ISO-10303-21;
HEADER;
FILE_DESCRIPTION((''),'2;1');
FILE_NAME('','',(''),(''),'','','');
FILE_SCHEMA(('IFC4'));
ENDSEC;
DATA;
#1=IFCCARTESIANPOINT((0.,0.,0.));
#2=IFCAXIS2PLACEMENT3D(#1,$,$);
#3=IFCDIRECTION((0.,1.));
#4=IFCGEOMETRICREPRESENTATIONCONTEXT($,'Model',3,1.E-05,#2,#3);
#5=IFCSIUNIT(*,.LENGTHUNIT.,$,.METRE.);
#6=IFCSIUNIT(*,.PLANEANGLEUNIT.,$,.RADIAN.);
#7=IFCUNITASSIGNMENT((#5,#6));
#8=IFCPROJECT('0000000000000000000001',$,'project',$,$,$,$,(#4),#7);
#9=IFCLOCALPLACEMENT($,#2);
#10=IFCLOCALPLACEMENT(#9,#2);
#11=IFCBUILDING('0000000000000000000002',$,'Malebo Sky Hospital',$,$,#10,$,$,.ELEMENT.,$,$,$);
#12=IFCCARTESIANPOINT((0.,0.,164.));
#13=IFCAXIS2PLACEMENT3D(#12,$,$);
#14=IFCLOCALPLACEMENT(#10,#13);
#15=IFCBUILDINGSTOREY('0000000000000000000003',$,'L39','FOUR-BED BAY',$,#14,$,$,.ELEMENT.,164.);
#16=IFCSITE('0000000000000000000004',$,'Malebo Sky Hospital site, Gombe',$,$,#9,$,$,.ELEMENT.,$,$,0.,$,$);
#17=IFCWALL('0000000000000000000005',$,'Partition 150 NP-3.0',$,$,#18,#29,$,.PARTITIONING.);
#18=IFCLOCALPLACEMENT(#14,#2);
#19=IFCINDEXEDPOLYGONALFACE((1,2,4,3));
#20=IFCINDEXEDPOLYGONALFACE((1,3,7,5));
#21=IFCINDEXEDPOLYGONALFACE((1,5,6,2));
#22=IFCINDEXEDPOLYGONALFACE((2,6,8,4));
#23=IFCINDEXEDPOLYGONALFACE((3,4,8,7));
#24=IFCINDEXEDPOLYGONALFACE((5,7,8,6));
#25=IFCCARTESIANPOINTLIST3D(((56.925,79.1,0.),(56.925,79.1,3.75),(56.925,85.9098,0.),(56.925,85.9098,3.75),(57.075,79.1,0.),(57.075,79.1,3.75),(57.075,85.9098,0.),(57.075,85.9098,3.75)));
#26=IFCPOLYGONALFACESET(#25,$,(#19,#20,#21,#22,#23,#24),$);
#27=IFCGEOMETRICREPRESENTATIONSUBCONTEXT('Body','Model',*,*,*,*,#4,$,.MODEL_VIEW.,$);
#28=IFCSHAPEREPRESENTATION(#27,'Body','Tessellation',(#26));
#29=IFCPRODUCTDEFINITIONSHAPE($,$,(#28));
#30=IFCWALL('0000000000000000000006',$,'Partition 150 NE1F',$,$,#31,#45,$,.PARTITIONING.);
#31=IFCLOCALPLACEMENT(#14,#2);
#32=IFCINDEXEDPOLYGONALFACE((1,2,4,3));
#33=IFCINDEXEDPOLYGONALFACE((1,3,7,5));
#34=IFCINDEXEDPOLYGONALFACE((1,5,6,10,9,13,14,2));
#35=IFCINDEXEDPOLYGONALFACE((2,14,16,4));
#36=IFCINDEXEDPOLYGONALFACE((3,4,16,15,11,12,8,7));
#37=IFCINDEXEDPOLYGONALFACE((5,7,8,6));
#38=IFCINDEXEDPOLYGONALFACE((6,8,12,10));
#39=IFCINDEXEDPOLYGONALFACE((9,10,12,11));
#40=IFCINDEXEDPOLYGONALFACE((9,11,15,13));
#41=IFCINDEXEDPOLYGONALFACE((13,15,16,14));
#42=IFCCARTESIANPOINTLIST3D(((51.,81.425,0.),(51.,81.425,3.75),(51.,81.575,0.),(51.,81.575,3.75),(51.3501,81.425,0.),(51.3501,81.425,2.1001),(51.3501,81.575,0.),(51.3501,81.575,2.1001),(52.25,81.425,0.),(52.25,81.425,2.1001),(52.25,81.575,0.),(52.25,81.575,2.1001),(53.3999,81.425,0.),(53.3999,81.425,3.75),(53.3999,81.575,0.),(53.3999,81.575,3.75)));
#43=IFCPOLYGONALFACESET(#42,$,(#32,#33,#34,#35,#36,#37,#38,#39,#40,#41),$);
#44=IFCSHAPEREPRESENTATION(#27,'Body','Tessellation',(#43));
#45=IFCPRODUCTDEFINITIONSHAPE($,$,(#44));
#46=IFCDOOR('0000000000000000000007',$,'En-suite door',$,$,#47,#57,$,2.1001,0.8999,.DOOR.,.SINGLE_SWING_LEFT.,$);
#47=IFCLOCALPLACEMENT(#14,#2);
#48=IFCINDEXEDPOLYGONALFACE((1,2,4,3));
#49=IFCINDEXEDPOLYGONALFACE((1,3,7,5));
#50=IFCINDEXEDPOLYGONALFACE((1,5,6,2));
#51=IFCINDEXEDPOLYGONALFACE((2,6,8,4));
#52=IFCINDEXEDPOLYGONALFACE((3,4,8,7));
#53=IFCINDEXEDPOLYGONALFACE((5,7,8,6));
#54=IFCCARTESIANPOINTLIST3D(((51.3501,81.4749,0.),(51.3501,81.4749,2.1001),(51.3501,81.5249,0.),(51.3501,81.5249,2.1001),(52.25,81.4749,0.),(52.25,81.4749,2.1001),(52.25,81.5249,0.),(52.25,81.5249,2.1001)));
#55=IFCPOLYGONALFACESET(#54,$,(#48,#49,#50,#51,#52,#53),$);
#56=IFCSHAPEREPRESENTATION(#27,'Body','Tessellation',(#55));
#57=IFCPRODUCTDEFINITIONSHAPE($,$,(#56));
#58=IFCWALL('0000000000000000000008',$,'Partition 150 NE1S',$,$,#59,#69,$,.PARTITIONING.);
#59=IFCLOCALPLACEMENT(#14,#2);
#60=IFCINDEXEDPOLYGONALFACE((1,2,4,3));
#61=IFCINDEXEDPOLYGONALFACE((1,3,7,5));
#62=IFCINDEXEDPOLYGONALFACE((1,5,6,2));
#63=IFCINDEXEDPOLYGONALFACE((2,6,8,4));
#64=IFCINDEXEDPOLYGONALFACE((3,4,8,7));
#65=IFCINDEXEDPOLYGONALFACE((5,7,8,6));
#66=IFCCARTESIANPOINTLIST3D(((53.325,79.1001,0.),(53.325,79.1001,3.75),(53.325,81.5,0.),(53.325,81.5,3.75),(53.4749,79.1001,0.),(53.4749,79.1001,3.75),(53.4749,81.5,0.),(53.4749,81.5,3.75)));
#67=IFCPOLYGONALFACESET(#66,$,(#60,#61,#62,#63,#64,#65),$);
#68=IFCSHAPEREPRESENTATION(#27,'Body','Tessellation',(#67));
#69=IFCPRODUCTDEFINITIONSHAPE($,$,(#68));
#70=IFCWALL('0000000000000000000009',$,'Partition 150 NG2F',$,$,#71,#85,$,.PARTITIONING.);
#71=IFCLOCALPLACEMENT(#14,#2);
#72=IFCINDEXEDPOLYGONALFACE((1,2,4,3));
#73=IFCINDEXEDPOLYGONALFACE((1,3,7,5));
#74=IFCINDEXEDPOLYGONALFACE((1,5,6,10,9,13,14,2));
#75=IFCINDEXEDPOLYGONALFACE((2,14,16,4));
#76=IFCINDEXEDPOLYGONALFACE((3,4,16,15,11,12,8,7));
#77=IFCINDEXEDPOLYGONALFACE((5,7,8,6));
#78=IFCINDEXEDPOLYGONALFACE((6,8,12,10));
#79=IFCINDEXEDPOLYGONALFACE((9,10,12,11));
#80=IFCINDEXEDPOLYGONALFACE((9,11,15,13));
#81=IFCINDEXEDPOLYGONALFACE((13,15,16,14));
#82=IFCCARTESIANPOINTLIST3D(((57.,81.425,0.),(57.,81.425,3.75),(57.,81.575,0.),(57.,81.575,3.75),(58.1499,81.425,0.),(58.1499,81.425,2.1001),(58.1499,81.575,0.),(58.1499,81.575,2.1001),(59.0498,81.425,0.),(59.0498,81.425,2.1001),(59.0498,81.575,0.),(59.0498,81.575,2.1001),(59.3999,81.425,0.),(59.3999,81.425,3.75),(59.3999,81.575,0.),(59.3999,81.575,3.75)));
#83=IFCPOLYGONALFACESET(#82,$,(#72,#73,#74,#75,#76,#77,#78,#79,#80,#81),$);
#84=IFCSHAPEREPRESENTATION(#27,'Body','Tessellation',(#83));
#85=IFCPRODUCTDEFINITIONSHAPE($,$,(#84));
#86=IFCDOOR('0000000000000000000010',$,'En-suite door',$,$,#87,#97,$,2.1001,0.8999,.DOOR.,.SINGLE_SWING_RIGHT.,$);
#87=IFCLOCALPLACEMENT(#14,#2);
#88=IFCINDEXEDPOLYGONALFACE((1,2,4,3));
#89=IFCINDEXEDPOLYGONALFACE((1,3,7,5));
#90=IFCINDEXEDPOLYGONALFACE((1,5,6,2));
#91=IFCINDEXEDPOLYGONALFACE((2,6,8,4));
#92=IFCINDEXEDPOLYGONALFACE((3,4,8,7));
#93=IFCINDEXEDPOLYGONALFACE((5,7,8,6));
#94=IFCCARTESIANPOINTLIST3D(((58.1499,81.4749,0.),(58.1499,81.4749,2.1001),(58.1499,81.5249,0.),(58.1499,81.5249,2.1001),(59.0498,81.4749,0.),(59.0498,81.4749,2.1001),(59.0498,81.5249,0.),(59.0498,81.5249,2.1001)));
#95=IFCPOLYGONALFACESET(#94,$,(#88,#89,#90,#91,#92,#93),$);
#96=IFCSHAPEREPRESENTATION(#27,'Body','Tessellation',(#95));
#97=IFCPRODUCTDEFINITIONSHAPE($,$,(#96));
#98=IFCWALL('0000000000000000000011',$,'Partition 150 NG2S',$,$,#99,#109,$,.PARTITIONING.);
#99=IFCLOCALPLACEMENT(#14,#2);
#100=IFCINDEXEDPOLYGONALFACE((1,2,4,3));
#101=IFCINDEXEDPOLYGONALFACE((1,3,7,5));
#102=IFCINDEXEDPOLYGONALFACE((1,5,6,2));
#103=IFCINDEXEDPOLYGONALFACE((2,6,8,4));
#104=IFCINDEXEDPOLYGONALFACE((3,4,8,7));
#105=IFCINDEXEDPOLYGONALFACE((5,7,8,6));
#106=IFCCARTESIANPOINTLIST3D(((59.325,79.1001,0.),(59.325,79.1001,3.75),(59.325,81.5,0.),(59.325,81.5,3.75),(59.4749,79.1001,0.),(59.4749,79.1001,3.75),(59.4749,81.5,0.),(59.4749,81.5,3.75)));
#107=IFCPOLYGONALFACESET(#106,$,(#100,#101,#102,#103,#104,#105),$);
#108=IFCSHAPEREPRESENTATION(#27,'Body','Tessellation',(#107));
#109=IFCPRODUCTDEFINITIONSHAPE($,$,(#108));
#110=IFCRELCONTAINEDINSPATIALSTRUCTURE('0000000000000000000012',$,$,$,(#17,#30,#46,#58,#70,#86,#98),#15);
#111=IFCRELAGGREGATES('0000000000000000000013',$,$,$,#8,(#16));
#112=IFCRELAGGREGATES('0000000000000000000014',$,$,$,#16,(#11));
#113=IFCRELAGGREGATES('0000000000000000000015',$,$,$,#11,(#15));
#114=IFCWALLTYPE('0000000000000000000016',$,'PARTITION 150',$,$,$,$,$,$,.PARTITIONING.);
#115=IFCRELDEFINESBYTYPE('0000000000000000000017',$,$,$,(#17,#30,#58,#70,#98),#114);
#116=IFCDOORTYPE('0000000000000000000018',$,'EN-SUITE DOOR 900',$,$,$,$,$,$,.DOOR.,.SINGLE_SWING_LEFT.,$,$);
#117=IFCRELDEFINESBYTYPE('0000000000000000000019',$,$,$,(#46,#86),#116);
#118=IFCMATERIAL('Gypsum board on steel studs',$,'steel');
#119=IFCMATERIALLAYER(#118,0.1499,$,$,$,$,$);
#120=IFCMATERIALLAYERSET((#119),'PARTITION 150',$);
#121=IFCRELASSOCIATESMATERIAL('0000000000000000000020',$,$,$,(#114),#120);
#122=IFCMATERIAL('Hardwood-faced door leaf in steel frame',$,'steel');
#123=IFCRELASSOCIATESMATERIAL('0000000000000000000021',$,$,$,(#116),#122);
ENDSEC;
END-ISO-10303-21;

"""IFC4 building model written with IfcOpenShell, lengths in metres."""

from ifc_helpers import new_model, si_unit, direction, frame, frame_2d, origin, place, context, subcontext, project, spatial, rectangle, extrude, material, layer, layer_set, type_object, element, fill, save


model = new_model("IFC4")

# Units and contexts
model_context = context("Model", 3, precision=1e-05, world=origin(), true_north=direction((0.0, 1.0)))
body_context = subcontext(model_context, "Body", "Model", "MODEL_VIEW")
ifc_project = project(units=[si_unit("LENGTHUNIT", "METRE"), si_unit("PLANEANGLEUNIT", "RADIAN")], contexts=[model_context])

# Site, building, storey
site_placement = place(None, origin())
site = spatial("IfcSite", under=ifc_project, at=site_placement, Name="Malebo Sky Hospital site, Gombe", CompositionType="ELEMENT", RefElevation=0.0)
building_placement = place(site_placement, origin())
building = spatial("IfcBuilding", under=site, at=building_placement, Name="Malebo Sky Hospital", CompositionType="ELEMENT")
storey_placement = place(building_placement, frame((0.0, 0.0, 164.0)))
storey = spatial("IfcBuildingStorey", under=building, at=storey_placement, Name="L39", Description="FOUR-BED BAY", CompositionType="ELEMENT", Elevation=164.0)

# Wall
ifc_material_1 = material(Name="Gypsum board on steel studs", Category="steel")
ifc_layer_1 = layer(ifc_material_1, 0.1499)
ifc_layer_set_1 = layer_set([ifc_layer_1], Name="PARTITION 150")
wall_type = type_object("IfcWallType", Name="PARTITION 150", PredefinedType="PARTITIONING", material=ifc_layer_set_1)
wall_1_placement = place(storey_placement, frame((57.0, 79.1001, 0.0), z_axis=(0.0, 0.0, 1.0), x_axis=(0.0, 1.0, 0.0)))
element("IfcWall", 1, at=wall_1_placement, inside=storey, type_object=wall_type, Name="Partition 150 NP-3.0", PredefinedType="PARTITIONING", context=body_context, shape_type="SweptSolid", body=[
    extrude(rectangle(XDim=6.8098, YDim=0.1499, at=frame_2d((3.4048, 0.0))), origin(), (0.0, 0.0, 1.0), 3.75),
])

# Wall, opening, door
wall_2_placement = place(storey_placement, frame((51.0, 81.5, 0.0), z_axis=(0.0, 0.0, 1.0), x_axis=(1.0, 0.0, 0.0)))
wall_2 = element("IfcWall", 2, at=wall_2_placement, inside=storey, type_object=wall_type, Name="Partition 150 NE1F", PredefinedType="PARTITIONING", context=body_context, shape_type="SweptSolid", body=[
    extrude(rectangle(XDim=2.3999, YDim=0.1499, at=frame_2d((1.2, 0.0))), origin(), (0.0, 0.0, 1.0), 3.75),
])
opening_1_placement = place(wall_2_placement, frame((0.3501, 0.0, 0.0)))
opening_1 = element("IfcOpeningElement", 3, at=opening_1_placement, cuts=wall_2, PredefinedType="OPENING", context=body_context, shape_type="SweptSolid", body=[
    extrude(rectangle(XDim=0.8999, YDim=2.1001, at=frame_2d((0.45, 1.05))), frame((0.0, 0.085, 0.0), z_axis=(0.0, -1.0, 0.0), x_axis=(1.0, 0.0, 0.0)), (0.0, 0.0, 1.0), 0.1699),
])
ifc_material_2 = material(Name="Hardwood-faced door leaf in steel frame", Category="steel")
door_type = type_object("IfcDoorType", Name="EN-SUITE DOOR 900", OperationType="SINGLE_SWING_LEFT", PredefinedType="DOOR", material=ifc_material_2)
door_1_placement = place(opening_1_placement, origin())
door_1 = element("IfcDoor", 4, at=door_1_placement, inside=storey, type_object=door_type, Name="En-suite door", OperationType="SINGLE_SWING_LEFT", OverallHeight=2.1001, OverallWidth=0.8999, PredefinedType="DOOR", context=body_context, shape_type="SweptSolid", body=[
    extrude(rectangle(XDim=0.8999, YDim=2.1001, at=frame_2d((0.45, 1.05))), frame((0.0, 0.0249, 0.0), z_axis=(0.0, -1.0, 0.0), x_axis=(1.0, 0.0, 0.0)), (0.0, 0.0, 1.0), 0.05),
])
fill(opening_1, door_1)

# Wall
wall_3_placement = place(storey_placement, frame((53.3999, 79.1001, 0.0), z_axis=(0.0, 0.0, 1.0), x_axis=(0.0, 1.0, 0.0)))
element("IfcWall", 5, at=wall_3_placement, inside=storey, type_object=wall_type, Name="Partition 150 NE1S", PredefinedType="PARTITIONING", context=body_context, shape_type="SweptSolid", body=[
    extrude(rectangle(XDim=2.3999, YDim=0.1499, at=frame_2d((1.2, 0.0))), origin(), (0.0, 0.0, 1.0), 3.75),
])

# Wall, opening, door
wall_4_placement = place(storey_placement, frame((57.0, 81.5, 0.0), z_axis=(0.0, 0.0, 1.0), x_axis=(1.0, 0.0, 0.0)))
wall_4 = element("IfcWall", 6, at=wall_4_placement, inside=storey, type_object=wall_type, Name="Partition 150 NG2F", PredefinedType="PARTITIONING", context=body_context, shape_type="SweptSolid", body=[
    extrude(rectangle(XDim=2.3999, YDim=0.1499, at=frame_2d((1.2, 0.0))), origin(), (0.0, 0.0, 1.0), 3.75),
])
opening_2_placement = place(wall_4_placement, frame((1.1499, 0.0, 0.0)))
opening_2 = element("IfcOpeningElement", 7, at=opening_2_placement, cuts=wall_4, PredefinedType="OPENING", context=body_context, shape_type="SweptSolid", body=[
    extrude(rectangle(XDim=0.8999, YDim=2.1001, at=frame_2d((0.45, 1.05))), frame((0.0, 0.085, 0.0), z_axis=(0.0, -1.0, 0.0), x_axis=(1.0, 0.0, 0.0)), (0.0, 0.0, 1.0), 0.1699),
])
door_2_placement = place(opening_2_placement, origin())
door_2 = element("IfcDoor", 8, at=door_2_placement, inside=storey, type_object=door_type, Name="En-suite door", OperationType="SINGLE_SWING_RIGHT", OverallHeight=2.1001, OverallWidth=0.8999, PredefinedType="DOOR", context=body_context, shape_type="SweptSolid", body=[
    extrude(rectangle(XDim=0.8999, YDim=2.1001, at=frame_2d((0.45, 1.05))), frame((0.0, 0.0249, 0.0), z_axis=(0.0, -1.0, 0.0), x_axis=(1.0, 0.0, 0.0)), (0.0, 0.0, 1.0), 0.05),
])
fill(opening_2, door_2)

# Wall
wall_5_placement = place(storey_placement, frame((59.3999, 79.1001, 0.0), z_axis=(0.0, 0.0, 1.0), x_axis=(0.0, 1.0, 0.0)))
element("IfcWall", 9, at=wall_5_placement, inside=storey, type_object=wall_type, Name="Partition 150 NG2S", PredefinedType="PARTITIONING", context=body_context, shape_type="SweptSolid", body=[
    extrude(rectangle(XDim=2.3999, YDim=0.1499, at=frame_2d((1.2, 0.0))), origin(), (0.0, 0.0, 1.0), 3.75),
])

save(model, "model.ifc")
